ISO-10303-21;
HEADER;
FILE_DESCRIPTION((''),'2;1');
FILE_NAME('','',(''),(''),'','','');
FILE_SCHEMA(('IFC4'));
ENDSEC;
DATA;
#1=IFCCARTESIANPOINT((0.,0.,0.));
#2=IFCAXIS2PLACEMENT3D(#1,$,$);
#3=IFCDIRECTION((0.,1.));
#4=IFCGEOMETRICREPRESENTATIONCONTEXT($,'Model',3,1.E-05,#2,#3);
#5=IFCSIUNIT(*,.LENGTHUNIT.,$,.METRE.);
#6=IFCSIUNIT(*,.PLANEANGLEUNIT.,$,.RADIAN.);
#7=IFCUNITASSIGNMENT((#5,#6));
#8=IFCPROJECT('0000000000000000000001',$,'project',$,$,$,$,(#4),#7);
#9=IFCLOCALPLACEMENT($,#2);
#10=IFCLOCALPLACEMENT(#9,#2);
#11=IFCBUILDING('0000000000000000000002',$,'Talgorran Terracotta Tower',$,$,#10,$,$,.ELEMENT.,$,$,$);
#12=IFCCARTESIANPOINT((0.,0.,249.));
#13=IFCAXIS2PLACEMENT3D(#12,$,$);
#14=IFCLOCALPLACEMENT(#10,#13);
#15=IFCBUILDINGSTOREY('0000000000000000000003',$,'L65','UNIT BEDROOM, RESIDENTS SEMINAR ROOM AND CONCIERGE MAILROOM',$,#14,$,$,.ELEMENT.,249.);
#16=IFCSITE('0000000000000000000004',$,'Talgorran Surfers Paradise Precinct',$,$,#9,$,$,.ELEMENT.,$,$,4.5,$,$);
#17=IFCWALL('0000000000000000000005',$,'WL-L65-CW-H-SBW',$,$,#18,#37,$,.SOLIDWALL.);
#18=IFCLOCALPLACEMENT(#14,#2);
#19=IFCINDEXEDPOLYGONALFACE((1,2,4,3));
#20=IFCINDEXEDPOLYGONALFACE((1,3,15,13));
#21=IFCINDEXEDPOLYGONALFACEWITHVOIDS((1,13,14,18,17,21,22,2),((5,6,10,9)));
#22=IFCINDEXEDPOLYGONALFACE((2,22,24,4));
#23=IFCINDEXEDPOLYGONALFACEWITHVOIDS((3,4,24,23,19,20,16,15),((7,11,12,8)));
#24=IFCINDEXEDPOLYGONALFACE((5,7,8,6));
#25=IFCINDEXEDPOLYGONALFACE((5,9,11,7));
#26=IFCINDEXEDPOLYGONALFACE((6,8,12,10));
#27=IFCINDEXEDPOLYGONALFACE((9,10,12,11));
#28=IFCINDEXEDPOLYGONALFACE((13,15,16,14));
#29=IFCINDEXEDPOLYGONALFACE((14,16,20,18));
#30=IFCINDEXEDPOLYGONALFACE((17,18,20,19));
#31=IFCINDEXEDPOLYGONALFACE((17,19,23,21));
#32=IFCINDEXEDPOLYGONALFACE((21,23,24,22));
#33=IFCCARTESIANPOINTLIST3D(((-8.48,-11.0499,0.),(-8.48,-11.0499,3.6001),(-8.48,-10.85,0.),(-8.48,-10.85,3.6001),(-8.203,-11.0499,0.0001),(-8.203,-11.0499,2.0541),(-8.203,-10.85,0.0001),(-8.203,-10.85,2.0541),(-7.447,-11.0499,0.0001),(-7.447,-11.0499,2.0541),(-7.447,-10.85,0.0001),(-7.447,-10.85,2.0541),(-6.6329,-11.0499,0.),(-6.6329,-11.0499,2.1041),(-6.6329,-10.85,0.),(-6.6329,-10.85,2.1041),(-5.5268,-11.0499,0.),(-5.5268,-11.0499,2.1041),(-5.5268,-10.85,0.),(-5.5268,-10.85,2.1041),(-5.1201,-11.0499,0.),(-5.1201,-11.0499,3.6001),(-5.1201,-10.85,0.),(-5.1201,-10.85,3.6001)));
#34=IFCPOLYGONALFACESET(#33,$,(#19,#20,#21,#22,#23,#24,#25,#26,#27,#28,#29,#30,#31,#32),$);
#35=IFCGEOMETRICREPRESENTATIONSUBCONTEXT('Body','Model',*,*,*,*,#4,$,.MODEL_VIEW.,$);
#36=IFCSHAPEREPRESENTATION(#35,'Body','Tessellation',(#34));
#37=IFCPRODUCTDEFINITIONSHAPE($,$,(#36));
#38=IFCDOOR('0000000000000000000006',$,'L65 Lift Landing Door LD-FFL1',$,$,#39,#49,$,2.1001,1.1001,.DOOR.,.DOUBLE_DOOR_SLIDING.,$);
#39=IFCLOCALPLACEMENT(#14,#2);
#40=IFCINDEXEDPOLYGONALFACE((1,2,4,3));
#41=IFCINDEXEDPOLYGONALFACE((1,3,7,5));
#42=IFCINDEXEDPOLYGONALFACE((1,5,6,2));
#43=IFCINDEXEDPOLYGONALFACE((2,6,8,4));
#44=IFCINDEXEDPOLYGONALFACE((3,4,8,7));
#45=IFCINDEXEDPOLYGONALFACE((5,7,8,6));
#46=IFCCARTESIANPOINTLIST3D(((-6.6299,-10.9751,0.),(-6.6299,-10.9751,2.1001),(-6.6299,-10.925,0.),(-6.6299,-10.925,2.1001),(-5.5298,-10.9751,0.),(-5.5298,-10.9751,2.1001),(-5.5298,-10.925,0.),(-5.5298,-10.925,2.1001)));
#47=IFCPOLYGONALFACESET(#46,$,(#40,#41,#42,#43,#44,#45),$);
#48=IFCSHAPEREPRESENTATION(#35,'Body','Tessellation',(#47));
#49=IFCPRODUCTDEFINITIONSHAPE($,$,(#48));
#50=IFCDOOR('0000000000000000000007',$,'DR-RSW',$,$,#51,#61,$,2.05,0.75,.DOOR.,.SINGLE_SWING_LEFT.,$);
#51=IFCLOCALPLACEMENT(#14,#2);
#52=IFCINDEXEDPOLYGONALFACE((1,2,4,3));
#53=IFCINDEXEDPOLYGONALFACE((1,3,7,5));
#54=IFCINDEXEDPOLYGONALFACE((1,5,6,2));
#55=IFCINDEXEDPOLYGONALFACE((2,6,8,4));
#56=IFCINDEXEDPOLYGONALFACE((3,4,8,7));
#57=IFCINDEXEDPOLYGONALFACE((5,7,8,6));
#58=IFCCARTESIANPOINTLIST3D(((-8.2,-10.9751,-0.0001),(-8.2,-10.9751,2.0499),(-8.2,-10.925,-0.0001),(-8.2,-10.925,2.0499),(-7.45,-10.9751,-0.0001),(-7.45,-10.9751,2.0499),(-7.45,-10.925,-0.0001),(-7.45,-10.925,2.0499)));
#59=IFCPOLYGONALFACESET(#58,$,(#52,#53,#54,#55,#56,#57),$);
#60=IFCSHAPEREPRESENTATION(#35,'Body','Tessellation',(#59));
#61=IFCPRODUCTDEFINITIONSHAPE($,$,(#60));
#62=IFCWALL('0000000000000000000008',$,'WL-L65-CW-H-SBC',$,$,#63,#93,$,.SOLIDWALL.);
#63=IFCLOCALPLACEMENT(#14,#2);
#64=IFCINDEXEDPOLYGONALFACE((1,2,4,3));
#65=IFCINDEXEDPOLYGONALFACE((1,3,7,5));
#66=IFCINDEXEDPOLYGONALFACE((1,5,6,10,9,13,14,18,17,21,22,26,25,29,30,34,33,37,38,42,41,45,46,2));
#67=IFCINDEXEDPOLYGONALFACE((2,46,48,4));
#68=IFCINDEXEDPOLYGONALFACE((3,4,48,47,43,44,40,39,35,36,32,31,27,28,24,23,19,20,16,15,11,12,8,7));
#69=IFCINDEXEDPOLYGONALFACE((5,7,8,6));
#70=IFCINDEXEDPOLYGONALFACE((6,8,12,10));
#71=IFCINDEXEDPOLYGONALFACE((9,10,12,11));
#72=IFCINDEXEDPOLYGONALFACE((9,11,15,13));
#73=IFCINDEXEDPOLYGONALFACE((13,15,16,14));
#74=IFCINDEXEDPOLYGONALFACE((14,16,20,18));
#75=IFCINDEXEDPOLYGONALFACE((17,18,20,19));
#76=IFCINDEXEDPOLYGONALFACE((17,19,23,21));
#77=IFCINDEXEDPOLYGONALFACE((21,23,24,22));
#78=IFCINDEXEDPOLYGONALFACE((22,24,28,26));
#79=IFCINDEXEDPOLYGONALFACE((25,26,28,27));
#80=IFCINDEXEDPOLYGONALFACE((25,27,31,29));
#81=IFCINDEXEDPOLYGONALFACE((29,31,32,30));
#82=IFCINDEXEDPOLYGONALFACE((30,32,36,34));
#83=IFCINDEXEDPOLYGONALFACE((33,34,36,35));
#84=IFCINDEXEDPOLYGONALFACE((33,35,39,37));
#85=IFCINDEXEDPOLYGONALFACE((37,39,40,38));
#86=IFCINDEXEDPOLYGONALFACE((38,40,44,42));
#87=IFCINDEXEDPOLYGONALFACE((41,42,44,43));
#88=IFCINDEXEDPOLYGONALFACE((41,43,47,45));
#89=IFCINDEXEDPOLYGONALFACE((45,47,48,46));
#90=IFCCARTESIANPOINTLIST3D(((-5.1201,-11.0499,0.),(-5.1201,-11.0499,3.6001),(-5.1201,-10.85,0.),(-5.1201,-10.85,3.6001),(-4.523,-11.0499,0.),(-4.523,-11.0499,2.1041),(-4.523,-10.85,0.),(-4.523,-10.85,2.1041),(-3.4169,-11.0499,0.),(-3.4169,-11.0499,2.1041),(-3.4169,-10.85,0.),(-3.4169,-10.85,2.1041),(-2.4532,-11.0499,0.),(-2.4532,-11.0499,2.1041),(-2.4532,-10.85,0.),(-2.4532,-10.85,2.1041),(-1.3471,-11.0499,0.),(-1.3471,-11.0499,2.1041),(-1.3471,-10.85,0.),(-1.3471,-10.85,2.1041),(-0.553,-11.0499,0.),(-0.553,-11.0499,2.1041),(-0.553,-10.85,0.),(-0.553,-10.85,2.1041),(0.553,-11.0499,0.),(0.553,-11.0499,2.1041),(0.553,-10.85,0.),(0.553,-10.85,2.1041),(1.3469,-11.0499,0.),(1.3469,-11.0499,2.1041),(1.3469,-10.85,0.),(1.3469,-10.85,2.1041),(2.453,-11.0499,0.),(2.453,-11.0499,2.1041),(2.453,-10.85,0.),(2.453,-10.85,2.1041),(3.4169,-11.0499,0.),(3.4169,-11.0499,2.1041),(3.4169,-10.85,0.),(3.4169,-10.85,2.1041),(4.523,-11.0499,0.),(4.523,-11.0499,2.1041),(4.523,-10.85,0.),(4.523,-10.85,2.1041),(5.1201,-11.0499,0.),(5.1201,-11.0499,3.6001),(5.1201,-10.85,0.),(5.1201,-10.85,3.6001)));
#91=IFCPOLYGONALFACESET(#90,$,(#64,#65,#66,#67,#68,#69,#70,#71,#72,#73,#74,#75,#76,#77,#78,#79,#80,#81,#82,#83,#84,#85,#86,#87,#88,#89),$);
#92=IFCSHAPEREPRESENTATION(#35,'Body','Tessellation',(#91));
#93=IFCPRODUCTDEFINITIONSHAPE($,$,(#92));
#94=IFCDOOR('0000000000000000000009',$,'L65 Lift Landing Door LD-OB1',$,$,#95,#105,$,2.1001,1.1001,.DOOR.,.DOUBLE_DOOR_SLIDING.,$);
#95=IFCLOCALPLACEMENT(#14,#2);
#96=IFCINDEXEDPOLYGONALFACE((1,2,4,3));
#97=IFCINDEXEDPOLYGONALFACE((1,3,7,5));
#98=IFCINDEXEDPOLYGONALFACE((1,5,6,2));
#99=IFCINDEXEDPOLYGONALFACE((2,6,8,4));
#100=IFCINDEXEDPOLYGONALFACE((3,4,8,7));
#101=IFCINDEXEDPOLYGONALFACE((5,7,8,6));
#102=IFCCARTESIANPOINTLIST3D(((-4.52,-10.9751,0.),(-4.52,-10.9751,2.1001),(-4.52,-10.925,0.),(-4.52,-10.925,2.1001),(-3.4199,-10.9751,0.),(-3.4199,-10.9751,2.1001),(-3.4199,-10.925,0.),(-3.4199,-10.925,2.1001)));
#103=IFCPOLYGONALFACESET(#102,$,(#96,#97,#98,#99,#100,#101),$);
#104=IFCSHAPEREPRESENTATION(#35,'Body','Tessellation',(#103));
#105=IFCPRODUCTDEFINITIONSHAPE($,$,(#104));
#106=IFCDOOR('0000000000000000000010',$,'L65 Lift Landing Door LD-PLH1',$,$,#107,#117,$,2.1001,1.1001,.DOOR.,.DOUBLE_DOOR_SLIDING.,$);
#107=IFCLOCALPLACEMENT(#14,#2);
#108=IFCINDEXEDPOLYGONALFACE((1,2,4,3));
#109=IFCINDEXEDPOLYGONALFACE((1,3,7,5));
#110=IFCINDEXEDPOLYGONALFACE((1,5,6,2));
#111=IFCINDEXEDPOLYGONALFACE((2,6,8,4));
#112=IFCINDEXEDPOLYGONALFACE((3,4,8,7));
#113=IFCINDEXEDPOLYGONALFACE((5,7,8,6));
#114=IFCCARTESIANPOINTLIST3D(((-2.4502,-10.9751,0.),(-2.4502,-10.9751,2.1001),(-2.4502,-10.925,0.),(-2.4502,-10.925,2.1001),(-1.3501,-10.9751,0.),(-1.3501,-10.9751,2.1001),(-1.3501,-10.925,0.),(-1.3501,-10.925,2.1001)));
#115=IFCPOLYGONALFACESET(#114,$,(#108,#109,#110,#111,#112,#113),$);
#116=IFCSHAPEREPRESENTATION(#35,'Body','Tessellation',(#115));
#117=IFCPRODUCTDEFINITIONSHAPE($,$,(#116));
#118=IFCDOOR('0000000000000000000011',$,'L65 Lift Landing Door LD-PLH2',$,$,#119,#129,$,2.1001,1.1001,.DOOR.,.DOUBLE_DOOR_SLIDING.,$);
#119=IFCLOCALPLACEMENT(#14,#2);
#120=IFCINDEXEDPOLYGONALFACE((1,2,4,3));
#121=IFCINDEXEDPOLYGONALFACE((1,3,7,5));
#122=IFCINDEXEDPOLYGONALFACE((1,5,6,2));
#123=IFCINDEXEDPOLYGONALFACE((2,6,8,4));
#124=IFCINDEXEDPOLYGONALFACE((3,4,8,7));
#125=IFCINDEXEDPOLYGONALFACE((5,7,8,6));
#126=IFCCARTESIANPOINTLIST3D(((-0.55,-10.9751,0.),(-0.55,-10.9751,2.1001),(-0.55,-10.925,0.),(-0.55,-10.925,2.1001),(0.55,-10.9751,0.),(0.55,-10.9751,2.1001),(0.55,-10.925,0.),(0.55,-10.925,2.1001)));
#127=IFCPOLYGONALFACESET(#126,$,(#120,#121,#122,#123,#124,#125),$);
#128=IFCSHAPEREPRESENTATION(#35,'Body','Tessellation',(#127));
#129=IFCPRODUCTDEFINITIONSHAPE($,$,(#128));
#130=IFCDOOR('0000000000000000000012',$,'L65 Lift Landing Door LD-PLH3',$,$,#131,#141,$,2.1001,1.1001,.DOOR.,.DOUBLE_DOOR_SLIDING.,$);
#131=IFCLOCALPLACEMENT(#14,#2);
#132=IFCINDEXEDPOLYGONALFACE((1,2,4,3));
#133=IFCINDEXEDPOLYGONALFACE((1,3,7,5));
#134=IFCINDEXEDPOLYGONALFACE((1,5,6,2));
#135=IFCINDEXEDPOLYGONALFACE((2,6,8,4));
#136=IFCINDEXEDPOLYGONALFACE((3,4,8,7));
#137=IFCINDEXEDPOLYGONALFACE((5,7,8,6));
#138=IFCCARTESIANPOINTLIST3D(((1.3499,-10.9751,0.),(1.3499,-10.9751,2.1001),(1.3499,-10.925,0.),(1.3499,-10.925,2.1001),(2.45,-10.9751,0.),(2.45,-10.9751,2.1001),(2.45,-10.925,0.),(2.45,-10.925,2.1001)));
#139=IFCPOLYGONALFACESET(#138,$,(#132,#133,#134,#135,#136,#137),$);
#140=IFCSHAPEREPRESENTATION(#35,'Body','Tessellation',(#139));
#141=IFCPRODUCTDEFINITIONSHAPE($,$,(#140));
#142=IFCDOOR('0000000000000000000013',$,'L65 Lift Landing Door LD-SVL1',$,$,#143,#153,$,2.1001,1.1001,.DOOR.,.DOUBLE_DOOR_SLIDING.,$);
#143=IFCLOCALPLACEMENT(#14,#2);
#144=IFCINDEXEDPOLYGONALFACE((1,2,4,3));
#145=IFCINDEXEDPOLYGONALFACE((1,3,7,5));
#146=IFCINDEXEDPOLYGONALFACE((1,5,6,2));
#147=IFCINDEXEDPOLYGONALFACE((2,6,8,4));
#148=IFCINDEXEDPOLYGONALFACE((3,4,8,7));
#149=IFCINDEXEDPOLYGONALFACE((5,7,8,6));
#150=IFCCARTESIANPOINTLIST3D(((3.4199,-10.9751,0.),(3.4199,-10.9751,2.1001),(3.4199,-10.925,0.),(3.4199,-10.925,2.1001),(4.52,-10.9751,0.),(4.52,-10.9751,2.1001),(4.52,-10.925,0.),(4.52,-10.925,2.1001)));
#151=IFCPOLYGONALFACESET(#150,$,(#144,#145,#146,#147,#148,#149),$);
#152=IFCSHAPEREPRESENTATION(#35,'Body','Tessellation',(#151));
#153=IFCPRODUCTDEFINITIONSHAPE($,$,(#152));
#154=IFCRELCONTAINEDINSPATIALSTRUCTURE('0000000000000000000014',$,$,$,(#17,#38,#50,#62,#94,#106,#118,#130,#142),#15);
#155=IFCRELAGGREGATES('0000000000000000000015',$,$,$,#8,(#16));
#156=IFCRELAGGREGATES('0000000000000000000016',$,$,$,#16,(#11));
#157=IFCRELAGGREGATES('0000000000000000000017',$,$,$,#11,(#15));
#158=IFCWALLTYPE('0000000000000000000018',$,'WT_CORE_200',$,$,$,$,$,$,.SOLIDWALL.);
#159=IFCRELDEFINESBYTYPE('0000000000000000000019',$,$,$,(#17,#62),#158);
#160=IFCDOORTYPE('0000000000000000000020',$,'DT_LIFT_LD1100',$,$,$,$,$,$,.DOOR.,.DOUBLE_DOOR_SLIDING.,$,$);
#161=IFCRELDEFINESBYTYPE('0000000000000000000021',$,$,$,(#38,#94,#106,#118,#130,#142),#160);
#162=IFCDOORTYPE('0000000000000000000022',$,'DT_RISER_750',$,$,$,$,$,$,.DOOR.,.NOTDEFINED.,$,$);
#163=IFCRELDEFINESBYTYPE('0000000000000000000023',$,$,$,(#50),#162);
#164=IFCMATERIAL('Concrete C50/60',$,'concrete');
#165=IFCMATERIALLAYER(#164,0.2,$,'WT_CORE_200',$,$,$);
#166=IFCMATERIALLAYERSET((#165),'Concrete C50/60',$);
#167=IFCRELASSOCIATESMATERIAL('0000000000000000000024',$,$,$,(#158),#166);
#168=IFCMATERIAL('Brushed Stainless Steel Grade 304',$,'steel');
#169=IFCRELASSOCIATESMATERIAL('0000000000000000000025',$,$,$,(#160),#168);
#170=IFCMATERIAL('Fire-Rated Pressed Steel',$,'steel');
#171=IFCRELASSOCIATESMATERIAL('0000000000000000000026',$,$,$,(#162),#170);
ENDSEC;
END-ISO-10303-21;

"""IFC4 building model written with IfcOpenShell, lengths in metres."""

from ifc_helpers import new_model, si_unit, direction, frame, frame_2d, origin, place, context, subcontext, project, spatial, rectangle, extrude, material, layer, layer_set, type_object, element, fill, save


model = new_model("IFC4")

# Units and contexts
model_context = context("Model", 3, precision=1e-05, world=origin(), true_north=direction((0.0, 1.0)))
body_context = subcontext(model_context, "Body", "Model", "MODEL_VIEW")
ifc_project = project(units=[si_unit("LENGTHUNIT", "METRE"), si_unit("PLANEANGLEUNIT", "RADIAN")], contexts=[model_context])

# Site, building, storey
site_placement = place(None, origin())
site = spatial("IfcSite", under=ifc_project, at=site_placement, Name="Talgorran Surfers Paradise Precinct", CompositionType="ELEMENT", RefElevation=4.5)
building_placement = place(site_placement, origin())
building = spatial("IfcBuilding", under=site, at=building_placement, Name="Talgorran Terracotta Tower", CompositionType="ELEMENT")
storey_placement = place(building_placement, frame((0.0, 0.0, 249.0)))
storey = spatial("IfcBuildingStorey", under=building, at=storey_placement, Name="L65", Description="UNIT BEDROOM, RESIDENTS SEMINAR ROOM AND CONCIERGE MAILROOM", CompositionType="ELEMENT", Elevation=249.0)

# Shared definitions
ifc_material_1 = material(Name="Concrete C50/60", Category="concrete")

# Walls, openings, doors
ifc_layer_1 = layer(ifc_material_1, 0.2, Name="WT_CORE_200")
ifc_layer_set_1 = layer_set([ifc_layer_1], Name="Concrete C50/60")
wall_type_1 = type_object("IfcWallType", Name="WT_CORE_200", PredefinedType="SOLIDWALL", material=ifc_layer_set_1)
wall_1_placement = place(storey_placement, frame((-8.48, -10.95, 0.0), z_axis=(0.0, 0.0, 1.0), x_axis=(1.0, 0.0, 0.0)))
wall_1 = element("IfcWall", 1, at=wall_1_placement, inside=storey, type_object=wall_type_1, Name="WL-L65-CW-H-SBW", PredefinedType="SOLIDWALL", context=body_context, shape_type="SweptSolid", body=[
    extrude(rectangle(XDim=3.3599, YDim=0.2, at=frame_2d((1.6799, 0.0))), origin(), (0.0, 0.0, 1.0), 3.6001),
])
opening_1_placement = place(wall_1_placement, frame((0.28, 0.0, 0.0)))
opening_1 = element("IfcOpeningElement", 2, at=opening_1_placement, cuts=wall_1, PredefinedType="OPENING", context=body_context, shape_type="SweptSolid", body=[
    extrude(rectangle(XDim=0.756, YDim=2.054, at=frame_2d((0.375, 1.0271))), frame((0.0, 0.1099, 0.0), z_axis=(0.0, -1.0, 0.0), x_axis=(1.0, 0.0, 0.0)), (0.0, 0.0, 1.0), 0.22),
])
opening_2_placement = place(wall_1_placement, frame((1.8501, 0.0, 0.0)))
opening_2 = element("IfcOpeningElement", 3, at=opening_2_placement, cuts=wall_1, PredefinedType="OPENING", context=body_context, shape_type="SweptSolid", body=[
    extrude(rectangle(XDim=1.1061, YDim=2.1041, at=frame_2d((0.55, 1.052))), frame((0.0, 0.1099, 0.0), z_axis=(0.0, -1.0, 0.0), x_axis=(1.0, 0.0, 0.0)), (0.0, 0.0, 1.0), 0.22),
])
ifc_material_2 = material(Name="Brushed Stainless Steel Grade 304", Category="steel")
door_type_1 = type_object("IfcDoorType", Name="DT_LIFT_LD1100", OperationType="DOUBLE_DOOR_SLIDING", PredefinedType="DOOR", material=ifc_material_2)
door_1_placement = place(opening_2_placement, origin())
door_1 = element("IfcDoor", 4, at=door_1_placement, inside=storey, type_object=door_type_1, Name="L65 Lift Landing Door LD-FFL1", OperationType="DOUBLE_DOOR_SLIDING", OverallHeight=2.1001, OverallWidth=1.1001, PredefinedType="DOOR", context=body_context, shape_type="SweptSolid", body=[
    extrude(rectangle(XDim=1.1001, YDim=2.1001, at=frame_2d((0.55, 1.05))), frame((0.0, 0.0249, 0.0), z_axis=(0.0, -1.0, 0.0), x_axis=(1.0, 0.0, 0.0)), (0.0, 0.0, 1.0), 0.05),
])
fill(opening_2, door_1)
ifc_material_3 = material(Name="Fire-Rated Pressed Steel", Category="steel")
door_type_2 = type_object("IfcDoorType", Name="DT_RISER_750", OperationType="NOTDEFINED", PredefinedType="DOOR", material=ifc_material_3)
door_2_placement = place(opening_1_placement, origin())
door_2 = element("IfcDoor", 5, at=door_2_placement, inside=storey, type_object=door_type_2, Name="DR-RSW", OperationType="SINGLE_SWING_LEFT", OverallHeight=2.05, OverallWidth=0.75, PredefinedType="DOOR", context=body_context, shape_type="SweptSolid", body=[
    extrude(rectangle(XDim=0.75, YDim=2.05, at=frame_2d((0.375, 1.0249))), frame((0.0, 0.0249, 0.0), z_axis=(0.0, -1.0, 0.0), x_axis=(1.0, 0.0, 0.0)), (0.0, 0.0, 1.0), 0.05),
])
fill(opening_1, door_2)
wall_2_placement = place(storey_placement, frame((-5.1201, -10.95, 0.0), z_axis=(0.0, 0.0, 1.0), x_axis=(1.0, 0.0, 0.0)))
wall_2 = element("IfcWall", 6, at=wall_2_placement, inside=storey, type_object=wall_type_1, Name="WL-L65-CW-H-SBC", PredefinedType="SOLIDWALL", context=body_context, shape_type="SweptSolid", body=[
    extrude(rectangle(XDim=10.2402, YDim=0.2, at=frame_2d((5.1201, 0.0))), origin(), (0.0, 0.0, 1.0), 3.6001),
])
opening_3_placement = place(wall_2_placement, frame((0.6001, 0.0, 0.0)))
opening_3 = element("IfcOpeningElement", 7, at=opening_3_placement, cuts=wall_2, PredefinedType="OPENING", context=body_context, shape_type="SweptSolid", body=[
    extrude(rectangle(XDim=1.1061, YDim=2.1041, at=frame_2d((0.55, 1.052))), frame((0.0, 0.1099, 0.0), z_axis=(0.0, -1.0, 0.0), x_axis=(1.0, 0.0, 0.0)), (0.0, 0.0, 1.0), 0.22),
])
opening_4_placement = place(wall_2_placement, frame((2.6699, 0.0, 0.0)))
opening_4 = element("IfcOpeningElement", 8, at=opening_4_placement, cuts=wall_2, PredefinedType="OPENING", context=body_context, shape_type="SweptSolid", body=[
    extrude(rectangle(XDim=1.1061, YDim=2.1041, at=frame_2d((0.55, 1.052))), frame((0.0, 0.1099, 0.0), z_axis=(0.0, -1.0, 0.0), x_axis=(1.0, 0.0, 0.0)), (0.0, 0.0, 1.0), 0.22),
])
opening_5_placement = place(wall_2_placement, frame((4.5701, 0.0, 0.0)))
opening_5 = element("IfcOpeningElement", 9, at=opening_5_placement, cuts=wall_2, PredefinedType="OPENING", context=body_context, shape_type="SweptSolid", body=[
    extrude(rectangle(XDim=1.1061, YDim=2.1041, at=frame_2d((0.55, 1.052))), frame((0.0, 0.1099, 0.0), z_axis=(0.0, -1.0, 0.0), x_axis=(1.0, 0.0, 0.0)), (0.0, 0.0, 1.0), 0.22),
])
opening_6_placement = place(wall_2_placement, frame((6.47, 0.0, 0.0)))
opening_6 = element("IfcOpeningElement", 10, at=opening_6_placement, cuts=wall_2, PredefinedType="OPENING", context=body_context, shape_type="SweptSolid", body=[
    extrude(rectangle(XDim=1.1061, YDim=2.1041, at=frame_2d((0.55, 1.052))), frame((0.0, 0.1099, 0.0), z_axis=(0.0, -1.0, 0.0), x_axis=(1.0, 0.0, 0.0)), (0.0, 0.0, 1.0), 0.22),
])
opening_7_placement = place(wall_2_placement, frame((8.54, 0.0, 0.0)))
opening_7 = element("IfcOpeningElement", 11, at=opening_7_placement, cuts=wall_2, PredefinedType="OPENING", context=body_context, shape_type="SweptSolid", body=[
    extrude(rectangle(XDim=1.1061, YDim=2.1041, at=frame_2d((0.55, 1.052))), frame((0.0, 0.1099, 0.0), z_axis=(0.0, -1.0, 0.0), x_axis=(1.0, 0.0, 0.0)), (0.0, 0.0, 1.0), 0.22),
])
door_3_placement = place(opening_3_placement, origin())
door_3 = element("IfcDoor", 12, at=door_3_placement, inside=storey, type_object=door_type_1, Name="L65 Lift Landing Door LD-OB1", OperationType="DOUBLE_DOOR_SLIDING", OverallHeight=2.1001, OverallWidth=1.1001, PredefinedType="DOOR", context=body_context, shape_type="SweptSolid", body=[
    extrude(rectangle(XDim=1.1001, YDim=2.1001, at=frame_2d((0.55, 1.05))), frame((0.0, 0.0249, 0.0), z_axis=(0.0, -1.0, 0.0), x_axis=(1.0, 0.0, 0.0)), (0.0, 0.0, 1.0), 0.05),
])
fill(opening_3, door_3)
door_4_placement = place(opening_4_placement, origin())
door_4 = element("IfcDoor", 13, at=door_4_placement, inside=storey, type_object=door_type_1, Name="L65 Lift Landing Door LD-PLH1", OperationType="DOUBLE_DOOR_SLIDING", OverallHeight=2.1001, OverallWidth=1.1001, PredefinedType="DOOR", context=body_context, shape_type="SweptSolid", body=[
    extrude(rectangle(XDim=1.1001, YDim=2.1001, at=frame_2d((0.55, 1.05))), frame((0.0, 0.0249, 0.0), z_axis=(0.0, -1.0, 0.0), x_axis=(1.0, 0.0, 0.0)), (0.0, 0.0, 1.0), 0.05),
])
fill(opening_4, door_4)
door_5_placement = place(opening_5_placement, origin())
door_5 = element("IfcDoor", 14, at=door_5_placement, inside=storey, type_object=door_type_1, Name="L65 Lift Landing Door LD-PLH2", OperationType="DOUBLE_DOOR_SLIDING", OverallHeight=2.1001, OverallWidth=1.1001, PredefinedType="DOOR", context=body_context, shape_type="SweptSolid", body=[
    extrude(rectangle(XDim=1.1001, YDim=2.1001, at=frame_2d((0.55, 1.05))), frame((0.0, 0.0249, 0.0), z_axis=(0.0, -1.0, 0.0), x_axis=(1.0, 0.0, 0.0)), (0.0, 0.0, 1.0), 0.05),
])
fill(opening_5, door_5)
door_6_placement = place(opening_6_placement, origin())
door_6 = element("IfcDoor", 15, at=door_6_placement, inside=storey, type_object=door_type_1, Name="L65 Lift Landing Door LD-PLH3", OperationType="DOUBLE_DOOR_SLIDING", OverallHeight=2.1001, OverallWidth=1.1001, PredefinedType="DOOR", context=body_context, shape_type="SweptSolid", body=[
    extrude(rectangle(XDim=1.1001, YDim=2.1001, at=frame_2d((0.55, 1.05))), frame((0.0, 0.0249, 0.0), z_axis=(0.0, -1.0, 0.0), x_axis=(1.0, 0.0, 0.0)), (0.0, 0.0, 1.0), 0.05),
])
fill(opening_6, door_6)
door_7_placement = place(opening_7_placement, origin())
door_7 = element("IfcDoor", 16, at=door_7_placement, inside=storey, type_object=door_type_1, Name="L65 Lift Landing Door LD-SVL1", OperationType="DOUBLE_DOOR_SLIDING", OverallHeight=2.1001, OverallWidth=1.1001, PredefinedType="DOOR", context=body_context, shape_type="SweptSolid", body=[
    extrude(rectangle(XDim=1.1001, YDim=2.1001, at=frame_2d((0.55, 1.05))), frame((0.0, 0.0249, 0.0), z_axis=(0.0, -1.0, 0.0), x_axis=(1.0, 0.0, 0.0)), (0.0, 0.0, 1.0), 0.05),
])
fill(opening_7, door_7)

save(model, "model.ifc")
